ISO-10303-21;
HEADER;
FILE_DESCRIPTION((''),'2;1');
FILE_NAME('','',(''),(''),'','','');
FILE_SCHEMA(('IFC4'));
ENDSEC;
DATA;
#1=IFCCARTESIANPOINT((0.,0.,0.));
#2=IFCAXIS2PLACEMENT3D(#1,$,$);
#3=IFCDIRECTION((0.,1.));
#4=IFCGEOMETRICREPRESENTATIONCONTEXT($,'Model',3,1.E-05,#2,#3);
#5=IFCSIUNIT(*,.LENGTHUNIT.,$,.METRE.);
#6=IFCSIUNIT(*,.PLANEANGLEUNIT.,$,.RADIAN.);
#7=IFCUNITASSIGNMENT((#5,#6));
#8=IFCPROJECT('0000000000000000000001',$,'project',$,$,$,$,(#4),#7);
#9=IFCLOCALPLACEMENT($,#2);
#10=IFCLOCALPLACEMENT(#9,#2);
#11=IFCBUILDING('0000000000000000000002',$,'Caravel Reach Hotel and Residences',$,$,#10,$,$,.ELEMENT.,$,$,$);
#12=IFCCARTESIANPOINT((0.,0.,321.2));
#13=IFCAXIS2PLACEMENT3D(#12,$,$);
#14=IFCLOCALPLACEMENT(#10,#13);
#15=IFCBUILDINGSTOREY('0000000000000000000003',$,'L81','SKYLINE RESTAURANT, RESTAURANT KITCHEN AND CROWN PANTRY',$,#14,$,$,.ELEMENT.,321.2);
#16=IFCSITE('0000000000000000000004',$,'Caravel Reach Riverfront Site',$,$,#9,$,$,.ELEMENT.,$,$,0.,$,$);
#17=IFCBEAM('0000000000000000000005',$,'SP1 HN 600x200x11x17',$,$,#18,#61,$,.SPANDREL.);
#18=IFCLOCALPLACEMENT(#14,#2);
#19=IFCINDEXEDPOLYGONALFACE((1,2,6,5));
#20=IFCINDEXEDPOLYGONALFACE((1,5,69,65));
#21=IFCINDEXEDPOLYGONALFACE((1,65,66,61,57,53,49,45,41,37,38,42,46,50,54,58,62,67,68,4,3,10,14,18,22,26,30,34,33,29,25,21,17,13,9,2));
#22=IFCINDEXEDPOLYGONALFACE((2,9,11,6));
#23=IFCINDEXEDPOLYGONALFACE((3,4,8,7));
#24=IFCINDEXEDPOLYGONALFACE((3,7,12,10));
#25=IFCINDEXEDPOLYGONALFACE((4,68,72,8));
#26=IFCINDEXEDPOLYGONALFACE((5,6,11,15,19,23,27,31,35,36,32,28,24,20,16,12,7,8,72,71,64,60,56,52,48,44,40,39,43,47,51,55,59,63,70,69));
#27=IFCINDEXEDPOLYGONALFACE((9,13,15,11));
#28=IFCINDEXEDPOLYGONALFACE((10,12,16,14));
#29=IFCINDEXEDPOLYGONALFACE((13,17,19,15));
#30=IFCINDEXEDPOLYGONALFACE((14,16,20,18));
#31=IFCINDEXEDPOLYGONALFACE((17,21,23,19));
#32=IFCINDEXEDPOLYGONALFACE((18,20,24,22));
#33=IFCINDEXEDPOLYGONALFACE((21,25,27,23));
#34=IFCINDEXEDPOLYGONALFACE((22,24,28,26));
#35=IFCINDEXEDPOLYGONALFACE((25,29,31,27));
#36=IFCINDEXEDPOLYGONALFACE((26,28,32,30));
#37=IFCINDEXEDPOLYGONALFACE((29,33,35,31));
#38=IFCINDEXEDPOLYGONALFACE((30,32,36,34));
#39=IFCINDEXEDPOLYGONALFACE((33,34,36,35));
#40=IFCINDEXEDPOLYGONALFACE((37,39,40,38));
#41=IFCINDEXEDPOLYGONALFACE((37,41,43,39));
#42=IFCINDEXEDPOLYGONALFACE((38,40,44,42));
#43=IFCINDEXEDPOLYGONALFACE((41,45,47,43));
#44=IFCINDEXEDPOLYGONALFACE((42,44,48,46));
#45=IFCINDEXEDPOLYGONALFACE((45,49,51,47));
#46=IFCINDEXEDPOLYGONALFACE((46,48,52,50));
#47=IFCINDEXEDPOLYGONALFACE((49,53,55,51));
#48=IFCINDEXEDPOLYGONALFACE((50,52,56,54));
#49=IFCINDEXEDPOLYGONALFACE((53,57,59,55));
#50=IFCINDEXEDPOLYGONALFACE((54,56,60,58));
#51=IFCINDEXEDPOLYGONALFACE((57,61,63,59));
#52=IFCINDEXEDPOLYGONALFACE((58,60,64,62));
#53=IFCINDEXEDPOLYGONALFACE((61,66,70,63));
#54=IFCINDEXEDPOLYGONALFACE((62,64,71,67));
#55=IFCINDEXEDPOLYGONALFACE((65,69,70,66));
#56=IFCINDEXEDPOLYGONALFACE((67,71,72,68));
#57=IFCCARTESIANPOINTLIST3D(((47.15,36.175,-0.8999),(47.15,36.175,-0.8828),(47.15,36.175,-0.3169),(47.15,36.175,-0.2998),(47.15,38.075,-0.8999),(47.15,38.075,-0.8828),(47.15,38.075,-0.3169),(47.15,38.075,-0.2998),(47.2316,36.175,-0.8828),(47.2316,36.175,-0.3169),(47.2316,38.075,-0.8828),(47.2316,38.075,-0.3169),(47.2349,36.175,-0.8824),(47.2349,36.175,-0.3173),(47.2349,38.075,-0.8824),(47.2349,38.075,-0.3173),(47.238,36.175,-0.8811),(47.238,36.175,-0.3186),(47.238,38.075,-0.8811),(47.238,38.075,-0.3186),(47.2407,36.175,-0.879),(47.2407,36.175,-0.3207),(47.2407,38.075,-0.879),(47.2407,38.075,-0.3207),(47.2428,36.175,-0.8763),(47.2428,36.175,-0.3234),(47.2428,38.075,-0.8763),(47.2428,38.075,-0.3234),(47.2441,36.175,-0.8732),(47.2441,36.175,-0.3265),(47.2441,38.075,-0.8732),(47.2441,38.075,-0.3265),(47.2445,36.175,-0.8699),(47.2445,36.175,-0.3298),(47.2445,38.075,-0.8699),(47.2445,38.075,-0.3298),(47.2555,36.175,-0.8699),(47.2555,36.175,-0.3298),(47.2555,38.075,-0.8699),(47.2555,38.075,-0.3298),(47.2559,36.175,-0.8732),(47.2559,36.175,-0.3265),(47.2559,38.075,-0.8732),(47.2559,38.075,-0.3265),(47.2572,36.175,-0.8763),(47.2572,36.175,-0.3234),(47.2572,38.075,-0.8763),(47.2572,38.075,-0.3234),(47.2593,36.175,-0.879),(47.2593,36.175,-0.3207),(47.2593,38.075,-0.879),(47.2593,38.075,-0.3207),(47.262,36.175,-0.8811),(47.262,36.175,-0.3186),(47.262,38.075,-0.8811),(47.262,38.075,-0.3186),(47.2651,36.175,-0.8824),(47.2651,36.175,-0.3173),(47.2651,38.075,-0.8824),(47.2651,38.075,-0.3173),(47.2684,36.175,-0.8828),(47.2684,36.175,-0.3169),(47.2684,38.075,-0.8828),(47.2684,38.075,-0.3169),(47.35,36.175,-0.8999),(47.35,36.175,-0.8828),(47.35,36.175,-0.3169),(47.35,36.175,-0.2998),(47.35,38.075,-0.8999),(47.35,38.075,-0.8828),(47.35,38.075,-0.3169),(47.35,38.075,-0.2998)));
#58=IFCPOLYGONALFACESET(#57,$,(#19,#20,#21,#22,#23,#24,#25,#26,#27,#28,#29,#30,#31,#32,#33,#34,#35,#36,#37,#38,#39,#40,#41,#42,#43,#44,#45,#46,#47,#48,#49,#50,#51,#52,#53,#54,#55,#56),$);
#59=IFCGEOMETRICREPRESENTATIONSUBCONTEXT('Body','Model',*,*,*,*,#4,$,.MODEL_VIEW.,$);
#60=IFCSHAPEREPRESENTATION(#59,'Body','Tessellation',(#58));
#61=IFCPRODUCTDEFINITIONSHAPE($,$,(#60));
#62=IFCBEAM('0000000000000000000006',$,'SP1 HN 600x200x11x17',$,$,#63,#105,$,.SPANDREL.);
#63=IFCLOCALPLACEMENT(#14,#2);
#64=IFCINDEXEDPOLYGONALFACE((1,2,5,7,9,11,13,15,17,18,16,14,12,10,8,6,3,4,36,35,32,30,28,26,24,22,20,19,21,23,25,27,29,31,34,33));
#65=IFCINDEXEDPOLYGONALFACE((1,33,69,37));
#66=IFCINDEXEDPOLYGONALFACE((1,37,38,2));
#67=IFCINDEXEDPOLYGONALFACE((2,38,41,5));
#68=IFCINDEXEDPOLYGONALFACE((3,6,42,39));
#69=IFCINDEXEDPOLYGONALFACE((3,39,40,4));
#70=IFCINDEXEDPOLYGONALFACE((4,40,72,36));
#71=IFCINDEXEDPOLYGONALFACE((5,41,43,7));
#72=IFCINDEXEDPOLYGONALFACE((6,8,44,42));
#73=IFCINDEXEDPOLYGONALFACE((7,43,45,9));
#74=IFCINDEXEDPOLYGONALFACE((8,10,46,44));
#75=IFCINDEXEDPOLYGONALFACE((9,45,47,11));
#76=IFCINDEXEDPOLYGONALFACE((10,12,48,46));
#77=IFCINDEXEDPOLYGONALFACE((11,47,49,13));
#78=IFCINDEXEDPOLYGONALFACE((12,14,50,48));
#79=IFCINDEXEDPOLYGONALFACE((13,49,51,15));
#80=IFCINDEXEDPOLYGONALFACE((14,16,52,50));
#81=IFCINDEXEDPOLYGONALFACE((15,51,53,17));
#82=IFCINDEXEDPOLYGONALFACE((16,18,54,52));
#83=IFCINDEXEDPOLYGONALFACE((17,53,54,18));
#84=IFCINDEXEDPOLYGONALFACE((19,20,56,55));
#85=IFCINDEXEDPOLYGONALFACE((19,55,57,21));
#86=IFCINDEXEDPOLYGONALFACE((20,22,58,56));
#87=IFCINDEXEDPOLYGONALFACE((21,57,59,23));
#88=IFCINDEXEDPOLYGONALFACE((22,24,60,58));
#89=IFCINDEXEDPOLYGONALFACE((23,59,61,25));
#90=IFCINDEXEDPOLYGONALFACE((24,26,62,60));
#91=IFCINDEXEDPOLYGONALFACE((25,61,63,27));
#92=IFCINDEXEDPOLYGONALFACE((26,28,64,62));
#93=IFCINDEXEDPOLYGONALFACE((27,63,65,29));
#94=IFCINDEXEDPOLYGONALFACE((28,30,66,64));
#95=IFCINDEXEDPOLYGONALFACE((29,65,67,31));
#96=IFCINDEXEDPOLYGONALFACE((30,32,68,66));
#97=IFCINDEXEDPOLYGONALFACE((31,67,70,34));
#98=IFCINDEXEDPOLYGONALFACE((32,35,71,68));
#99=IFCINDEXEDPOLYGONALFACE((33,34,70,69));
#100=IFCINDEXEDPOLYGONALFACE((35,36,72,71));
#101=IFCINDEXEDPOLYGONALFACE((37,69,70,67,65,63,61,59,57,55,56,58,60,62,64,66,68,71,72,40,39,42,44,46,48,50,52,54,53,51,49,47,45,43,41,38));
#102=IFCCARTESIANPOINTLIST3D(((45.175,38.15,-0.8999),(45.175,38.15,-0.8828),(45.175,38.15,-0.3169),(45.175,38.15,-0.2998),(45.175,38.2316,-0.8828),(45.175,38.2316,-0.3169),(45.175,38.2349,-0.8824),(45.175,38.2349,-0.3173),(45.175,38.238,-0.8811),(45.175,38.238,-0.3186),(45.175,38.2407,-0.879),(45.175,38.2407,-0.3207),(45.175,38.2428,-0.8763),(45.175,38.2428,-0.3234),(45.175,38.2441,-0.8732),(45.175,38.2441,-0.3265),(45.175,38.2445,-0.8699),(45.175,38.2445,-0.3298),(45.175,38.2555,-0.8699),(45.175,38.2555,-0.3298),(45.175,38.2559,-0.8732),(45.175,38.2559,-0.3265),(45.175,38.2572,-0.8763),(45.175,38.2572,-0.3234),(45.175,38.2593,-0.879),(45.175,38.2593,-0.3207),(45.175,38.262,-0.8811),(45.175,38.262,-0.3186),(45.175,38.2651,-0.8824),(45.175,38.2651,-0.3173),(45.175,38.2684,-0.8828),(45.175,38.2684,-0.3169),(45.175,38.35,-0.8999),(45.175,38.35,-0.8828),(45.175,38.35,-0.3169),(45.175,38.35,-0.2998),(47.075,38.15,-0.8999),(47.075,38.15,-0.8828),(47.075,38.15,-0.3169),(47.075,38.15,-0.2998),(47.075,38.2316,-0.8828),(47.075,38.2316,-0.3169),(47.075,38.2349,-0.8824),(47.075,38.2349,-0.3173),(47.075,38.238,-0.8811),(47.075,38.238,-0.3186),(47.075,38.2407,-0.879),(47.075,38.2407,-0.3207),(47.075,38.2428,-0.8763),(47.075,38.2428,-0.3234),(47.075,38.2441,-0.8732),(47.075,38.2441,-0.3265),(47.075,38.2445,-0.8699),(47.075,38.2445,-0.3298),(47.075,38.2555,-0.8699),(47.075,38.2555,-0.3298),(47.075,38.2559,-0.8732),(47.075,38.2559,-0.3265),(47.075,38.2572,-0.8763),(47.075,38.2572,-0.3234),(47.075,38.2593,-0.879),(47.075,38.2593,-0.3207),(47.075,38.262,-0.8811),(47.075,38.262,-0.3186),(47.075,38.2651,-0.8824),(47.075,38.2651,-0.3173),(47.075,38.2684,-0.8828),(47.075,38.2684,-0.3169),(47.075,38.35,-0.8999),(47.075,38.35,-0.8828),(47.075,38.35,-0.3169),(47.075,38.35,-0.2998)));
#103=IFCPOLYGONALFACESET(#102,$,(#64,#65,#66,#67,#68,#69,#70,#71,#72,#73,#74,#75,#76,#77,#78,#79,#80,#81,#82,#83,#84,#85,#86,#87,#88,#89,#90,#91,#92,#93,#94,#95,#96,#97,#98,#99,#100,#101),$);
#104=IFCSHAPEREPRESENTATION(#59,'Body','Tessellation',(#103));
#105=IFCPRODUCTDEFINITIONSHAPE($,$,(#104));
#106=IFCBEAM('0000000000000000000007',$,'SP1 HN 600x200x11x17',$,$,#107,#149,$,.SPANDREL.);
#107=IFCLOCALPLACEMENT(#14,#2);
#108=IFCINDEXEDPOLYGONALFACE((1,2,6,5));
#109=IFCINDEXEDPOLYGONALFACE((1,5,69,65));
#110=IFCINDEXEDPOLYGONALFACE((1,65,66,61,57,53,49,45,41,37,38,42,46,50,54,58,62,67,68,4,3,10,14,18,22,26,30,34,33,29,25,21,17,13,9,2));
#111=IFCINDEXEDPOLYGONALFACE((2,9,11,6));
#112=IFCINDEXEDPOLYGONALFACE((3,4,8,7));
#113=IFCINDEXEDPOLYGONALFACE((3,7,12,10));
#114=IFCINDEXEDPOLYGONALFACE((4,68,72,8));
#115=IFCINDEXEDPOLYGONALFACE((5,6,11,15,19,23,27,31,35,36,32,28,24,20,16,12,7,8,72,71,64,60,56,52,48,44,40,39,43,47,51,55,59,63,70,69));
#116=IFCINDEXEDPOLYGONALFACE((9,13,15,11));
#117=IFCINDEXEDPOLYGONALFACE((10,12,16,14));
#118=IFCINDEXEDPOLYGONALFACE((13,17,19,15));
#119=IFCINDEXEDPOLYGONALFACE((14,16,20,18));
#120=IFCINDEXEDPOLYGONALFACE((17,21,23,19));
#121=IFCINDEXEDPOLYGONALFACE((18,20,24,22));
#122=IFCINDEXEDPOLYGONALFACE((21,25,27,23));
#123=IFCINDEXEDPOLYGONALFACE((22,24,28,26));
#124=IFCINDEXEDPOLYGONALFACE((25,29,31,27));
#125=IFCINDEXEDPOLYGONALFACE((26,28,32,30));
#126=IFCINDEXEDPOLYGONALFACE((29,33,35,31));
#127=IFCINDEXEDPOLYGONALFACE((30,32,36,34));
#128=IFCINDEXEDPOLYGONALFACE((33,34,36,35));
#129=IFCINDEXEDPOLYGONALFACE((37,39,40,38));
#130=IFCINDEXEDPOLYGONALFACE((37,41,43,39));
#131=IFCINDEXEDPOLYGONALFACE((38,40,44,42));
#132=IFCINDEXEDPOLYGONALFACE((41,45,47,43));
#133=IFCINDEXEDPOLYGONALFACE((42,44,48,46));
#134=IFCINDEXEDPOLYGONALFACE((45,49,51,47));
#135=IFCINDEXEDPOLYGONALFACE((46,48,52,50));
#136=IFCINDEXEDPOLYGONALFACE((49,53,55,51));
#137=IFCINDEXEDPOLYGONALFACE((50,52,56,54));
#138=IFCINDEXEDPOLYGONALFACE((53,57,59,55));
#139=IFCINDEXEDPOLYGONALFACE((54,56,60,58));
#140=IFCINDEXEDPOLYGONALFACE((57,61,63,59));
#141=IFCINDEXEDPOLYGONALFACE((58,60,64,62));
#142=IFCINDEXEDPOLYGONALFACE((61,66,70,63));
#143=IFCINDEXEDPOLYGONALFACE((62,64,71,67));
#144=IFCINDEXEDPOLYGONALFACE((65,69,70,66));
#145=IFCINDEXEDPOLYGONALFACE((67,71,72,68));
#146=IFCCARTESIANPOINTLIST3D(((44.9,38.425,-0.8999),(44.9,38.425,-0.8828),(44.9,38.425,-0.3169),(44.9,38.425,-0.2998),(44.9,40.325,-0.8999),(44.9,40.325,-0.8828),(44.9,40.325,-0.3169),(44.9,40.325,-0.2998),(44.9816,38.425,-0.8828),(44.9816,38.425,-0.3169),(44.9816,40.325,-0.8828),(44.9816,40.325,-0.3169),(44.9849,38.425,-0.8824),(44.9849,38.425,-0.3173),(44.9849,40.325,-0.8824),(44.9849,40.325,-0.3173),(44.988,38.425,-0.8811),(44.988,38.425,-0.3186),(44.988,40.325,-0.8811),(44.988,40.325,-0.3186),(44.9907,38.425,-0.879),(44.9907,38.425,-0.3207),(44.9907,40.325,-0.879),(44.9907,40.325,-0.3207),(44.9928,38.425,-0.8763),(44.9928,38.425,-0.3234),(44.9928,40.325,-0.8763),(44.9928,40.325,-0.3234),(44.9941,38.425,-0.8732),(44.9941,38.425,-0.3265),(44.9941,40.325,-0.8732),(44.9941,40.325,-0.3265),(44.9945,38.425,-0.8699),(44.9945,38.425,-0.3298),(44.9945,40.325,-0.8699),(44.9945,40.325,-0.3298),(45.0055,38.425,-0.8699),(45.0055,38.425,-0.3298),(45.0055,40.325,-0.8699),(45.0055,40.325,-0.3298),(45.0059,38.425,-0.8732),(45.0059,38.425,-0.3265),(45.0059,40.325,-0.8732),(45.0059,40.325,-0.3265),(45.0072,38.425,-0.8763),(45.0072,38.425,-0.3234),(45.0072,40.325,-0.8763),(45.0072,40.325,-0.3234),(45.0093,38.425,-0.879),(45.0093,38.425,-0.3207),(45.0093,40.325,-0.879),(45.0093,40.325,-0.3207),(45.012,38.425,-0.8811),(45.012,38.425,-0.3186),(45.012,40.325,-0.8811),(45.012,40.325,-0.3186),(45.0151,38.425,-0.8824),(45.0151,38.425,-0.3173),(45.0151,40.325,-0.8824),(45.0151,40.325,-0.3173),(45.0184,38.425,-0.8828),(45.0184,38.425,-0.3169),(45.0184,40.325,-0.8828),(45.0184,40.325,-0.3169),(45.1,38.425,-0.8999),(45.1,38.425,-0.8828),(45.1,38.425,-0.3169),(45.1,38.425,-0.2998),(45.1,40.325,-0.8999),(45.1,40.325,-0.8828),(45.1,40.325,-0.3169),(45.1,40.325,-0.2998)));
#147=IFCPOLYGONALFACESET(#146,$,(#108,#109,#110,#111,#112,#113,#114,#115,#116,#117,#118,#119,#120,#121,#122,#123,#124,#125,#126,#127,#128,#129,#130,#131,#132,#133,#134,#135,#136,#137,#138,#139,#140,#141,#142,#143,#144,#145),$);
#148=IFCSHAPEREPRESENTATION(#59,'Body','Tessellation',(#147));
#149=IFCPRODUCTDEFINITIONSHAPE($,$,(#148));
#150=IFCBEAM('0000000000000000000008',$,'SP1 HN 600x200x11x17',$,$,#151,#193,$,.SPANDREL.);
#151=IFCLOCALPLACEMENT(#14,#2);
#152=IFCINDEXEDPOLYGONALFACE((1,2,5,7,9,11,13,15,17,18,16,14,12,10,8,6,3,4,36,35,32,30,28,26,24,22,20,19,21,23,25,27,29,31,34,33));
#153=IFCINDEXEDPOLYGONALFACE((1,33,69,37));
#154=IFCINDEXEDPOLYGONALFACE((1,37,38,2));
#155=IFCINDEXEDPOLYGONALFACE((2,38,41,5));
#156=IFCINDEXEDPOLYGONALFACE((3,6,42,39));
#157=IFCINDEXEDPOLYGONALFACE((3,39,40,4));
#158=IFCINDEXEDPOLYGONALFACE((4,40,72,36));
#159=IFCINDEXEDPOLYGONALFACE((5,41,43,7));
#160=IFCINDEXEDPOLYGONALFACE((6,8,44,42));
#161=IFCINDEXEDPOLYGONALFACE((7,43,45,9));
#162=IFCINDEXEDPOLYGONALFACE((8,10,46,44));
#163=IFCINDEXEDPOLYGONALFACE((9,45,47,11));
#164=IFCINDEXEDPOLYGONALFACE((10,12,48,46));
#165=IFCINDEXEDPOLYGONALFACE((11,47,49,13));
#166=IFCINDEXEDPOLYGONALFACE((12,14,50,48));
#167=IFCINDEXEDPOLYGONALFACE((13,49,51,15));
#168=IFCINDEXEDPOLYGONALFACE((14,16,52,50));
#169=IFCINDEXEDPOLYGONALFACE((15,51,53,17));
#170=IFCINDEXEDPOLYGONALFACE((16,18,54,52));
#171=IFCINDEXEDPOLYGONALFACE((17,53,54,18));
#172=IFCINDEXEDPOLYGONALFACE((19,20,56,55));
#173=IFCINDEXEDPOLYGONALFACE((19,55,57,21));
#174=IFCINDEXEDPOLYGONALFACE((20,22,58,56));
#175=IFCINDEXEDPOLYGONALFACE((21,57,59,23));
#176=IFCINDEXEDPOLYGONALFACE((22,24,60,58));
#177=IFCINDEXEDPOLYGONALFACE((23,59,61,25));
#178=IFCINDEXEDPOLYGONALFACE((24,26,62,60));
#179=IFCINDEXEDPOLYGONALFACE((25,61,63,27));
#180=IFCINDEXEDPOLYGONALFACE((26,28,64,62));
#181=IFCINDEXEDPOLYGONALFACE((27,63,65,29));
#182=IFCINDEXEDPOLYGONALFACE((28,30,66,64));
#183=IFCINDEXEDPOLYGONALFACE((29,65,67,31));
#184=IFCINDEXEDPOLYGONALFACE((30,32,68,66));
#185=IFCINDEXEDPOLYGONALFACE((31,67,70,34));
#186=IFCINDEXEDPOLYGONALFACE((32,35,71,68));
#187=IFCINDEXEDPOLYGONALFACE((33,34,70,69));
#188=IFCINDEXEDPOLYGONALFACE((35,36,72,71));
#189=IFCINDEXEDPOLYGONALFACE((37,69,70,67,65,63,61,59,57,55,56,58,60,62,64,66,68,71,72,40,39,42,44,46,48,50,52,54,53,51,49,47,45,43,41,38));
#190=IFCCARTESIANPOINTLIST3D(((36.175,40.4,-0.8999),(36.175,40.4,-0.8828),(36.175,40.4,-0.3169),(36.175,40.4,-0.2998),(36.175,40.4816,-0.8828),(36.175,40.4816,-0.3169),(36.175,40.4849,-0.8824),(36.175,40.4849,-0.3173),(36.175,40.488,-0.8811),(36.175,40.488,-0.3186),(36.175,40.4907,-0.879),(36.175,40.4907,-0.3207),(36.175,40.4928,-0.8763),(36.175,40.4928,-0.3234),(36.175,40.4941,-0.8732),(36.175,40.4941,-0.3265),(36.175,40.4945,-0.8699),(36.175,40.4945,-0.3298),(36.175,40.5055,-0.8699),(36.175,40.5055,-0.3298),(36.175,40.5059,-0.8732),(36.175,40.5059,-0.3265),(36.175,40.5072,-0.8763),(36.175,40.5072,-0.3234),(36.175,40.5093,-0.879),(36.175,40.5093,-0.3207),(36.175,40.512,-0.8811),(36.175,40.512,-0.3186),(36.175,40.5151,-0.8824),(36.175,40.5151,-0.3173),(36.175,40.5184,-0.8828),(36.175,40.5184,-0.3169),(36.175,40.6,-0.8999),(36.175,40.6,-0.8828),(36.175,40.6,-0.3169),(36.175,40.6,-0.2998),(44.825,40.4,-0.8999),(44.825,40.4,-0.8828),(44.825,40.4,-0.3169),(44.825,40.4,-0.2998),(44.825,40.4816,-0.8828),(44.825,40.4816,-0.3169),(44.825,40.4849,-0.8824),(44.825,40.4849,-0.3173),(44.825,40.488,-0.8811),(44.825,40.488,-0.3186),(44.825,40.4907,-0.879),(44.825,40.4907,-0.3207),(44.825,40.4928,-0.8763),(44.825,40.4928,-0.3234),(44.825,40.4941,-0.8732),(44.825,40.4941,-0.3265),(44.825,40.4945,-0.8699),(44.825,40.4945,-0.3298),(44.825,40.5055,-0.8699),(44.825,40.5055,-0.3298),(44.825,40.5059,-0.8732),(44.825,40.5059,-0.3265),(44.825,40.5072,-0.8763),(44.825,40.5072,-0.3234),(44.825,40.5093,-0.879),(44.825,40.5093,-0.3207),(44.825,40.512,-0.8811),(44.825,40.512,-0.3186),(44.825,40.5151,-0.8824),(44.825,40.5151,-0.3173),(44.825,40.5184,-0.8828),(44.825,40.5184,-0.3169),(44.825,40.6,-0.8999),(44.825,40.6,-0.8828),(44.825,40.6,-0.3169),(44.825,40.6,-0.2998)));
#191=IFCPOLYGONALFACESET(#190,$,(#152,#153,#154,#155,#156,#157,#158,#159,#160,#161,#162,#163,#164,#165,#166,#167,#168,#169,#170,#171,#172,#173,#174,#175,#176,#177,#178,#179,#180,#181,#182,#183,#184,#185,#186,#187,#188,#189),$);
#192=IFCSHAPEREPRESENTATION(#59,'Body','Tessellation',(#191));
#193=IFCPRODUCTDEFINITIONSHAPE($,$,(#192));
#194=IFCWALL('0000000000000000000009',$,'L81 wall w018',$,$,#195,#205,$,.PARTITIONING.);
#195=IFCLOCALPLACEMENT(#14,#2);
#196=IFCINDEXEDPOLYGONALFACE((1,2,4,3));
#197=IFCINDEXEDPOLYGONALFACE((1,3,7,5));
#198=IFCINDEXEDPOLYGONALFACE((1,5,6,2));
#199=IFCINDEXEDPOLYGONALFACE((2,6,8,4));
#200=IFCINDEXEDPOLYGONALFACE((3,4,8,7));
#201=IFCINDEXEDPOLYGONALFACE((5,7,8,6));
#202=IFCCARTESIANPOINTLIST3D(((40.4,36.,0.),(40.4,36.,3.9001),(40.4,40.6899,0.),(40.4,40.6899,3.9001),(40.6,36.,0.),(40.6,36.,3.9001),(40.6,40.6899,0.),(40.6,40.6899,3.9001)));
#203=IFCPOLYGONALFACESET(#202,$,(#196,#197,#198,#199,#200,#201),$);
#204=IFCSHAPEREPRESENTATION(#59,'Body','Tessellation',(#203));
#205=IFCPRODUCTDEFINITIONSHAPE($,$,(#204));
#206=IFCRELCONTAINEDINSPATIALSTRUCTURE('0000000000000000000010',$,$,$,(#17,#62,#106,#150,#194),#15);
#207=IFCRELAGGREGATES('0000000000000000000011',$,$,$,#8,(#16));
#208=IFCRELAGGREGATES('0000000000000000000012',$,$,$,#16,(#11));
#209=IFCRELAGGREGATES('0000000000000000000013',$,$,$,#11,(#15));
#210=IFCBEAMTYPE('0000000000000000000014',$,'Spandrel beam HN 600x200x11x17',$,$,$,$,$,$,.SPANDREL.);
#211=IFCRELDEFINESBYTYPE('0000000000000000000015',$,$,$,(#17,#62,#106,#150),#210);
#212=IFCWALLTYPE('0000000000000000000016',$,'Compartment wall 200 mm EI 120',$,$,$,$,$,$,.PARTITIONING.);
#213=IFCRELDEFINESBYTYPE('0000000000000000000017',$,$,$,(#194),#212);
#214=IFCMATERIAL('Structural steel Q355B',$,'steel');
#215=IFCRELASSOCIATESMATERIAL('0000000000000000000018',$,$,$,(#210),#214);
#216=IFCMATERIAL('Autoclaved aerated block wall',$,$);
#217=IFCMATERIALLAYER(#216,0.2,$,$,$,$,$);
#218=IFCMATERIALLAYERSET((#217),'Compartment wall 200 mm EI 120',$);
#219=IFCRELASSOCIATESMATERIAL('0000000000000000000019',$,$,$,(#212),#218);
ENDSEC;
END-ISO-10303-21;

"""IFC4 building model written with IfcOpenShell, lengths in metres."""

from ifc_helpers import new_model, si_unit, direction, frame, frame_2d, origin, origin_2d, place, context, subcontext, project, spatial, rectangle, i_section, extrude, material, layer, layer_set, material_profile, profile_set, type_object, element, save


model = new_model("IFC4")

# Units and contexts
model_context = context("Model", 3, precision=1e-05, world=origin(), true_north=direction((0.0, 1.0)))
body_context = subcontext(model_context, "Body", "Model", "MODEL_VIEW")
ifc_project = project(units=[si_unit("LENGTHUNIT", "METRE"), si_unit("PLANEANGLEUNIT", "RADIAN")], contexts=[model_context])

# Site, building, storey
site_placement = place(None, origin())
site = spatial("IfcSite", under=ifc_project, at=site_placement, Name="Caravel Reach Riverfront Site", CompositionType="ELEMENT", RefElevation=0.0)
building_placement = place(site_placement, origin())
building = spatial("IfcBuilding", under=site, at=building_placement, Name="Caravel Reach Hotel and Residences", CompositionType="ELEMENT")
storey_placement = place(building_placement, frame((0.0, 0.0, 321.2)))
storey = spatial("IfcBuildingStorey", under=building, at=storey_placement, Name="L81", Description="SKYLINE RESTAURANT, RESTAURANT KITCHEN AND CROWN PANTRY", CompositionType="ELEMENT", Elevation=321.2)

# Beams
ifc_material_1 = material(Name="Structural steel Q355B", Category="steel")
ifc_material_profile_1 = material_profile(ifc_material_1, i_section(OverallWidth=0.2, OverallDepth=0.6001, WebThickness=0.011, FlangeThickness=0.0171, FilletRadius=0.0129, at=origin_2d()), Name="HN 600x200x11x17")
ifc_profile_set_1 = profile_set([ifc_material_profile_1], Name="Structural steel Q355B")
beam_type = type_object("IfcBeamType", Name="Spandrel beam HN 600x200x11x17", PredefinedType="SPANDREL", material=ifc_profile_set_1)
for number, where, z_axis, x_axis, name in (
    (1, (47.25, 36.175, -0.5999), (0.0, 1.0, 0.0), (-1.0, 0.0, 0.0), "SP1 HN 600x200x11x17"),
    (2, (47.075, 38.25, -0.5999), (-1.0, 0.0, 0.0), (0.0, -1.0, 0.0), "SP1 HN 600x200x11x17"),
    (3, (45.0, 38.425, -0.5999), (0.0, 1.0, 0.0), (-1.0, 0.0, 0.0), "SP1 HN 600x200x11x17"),
):
    element("IfcBeam", number, at=place(storey_placement, frame(where, z_axis=z_axis, x_axis=x_axis)), inside=storey, type_object=beam_type, Name=name, PredefinedType="SPANDREL", context=body_context, shape_type="SweptSolid", body=[
        extrude(i_section(OverallWidth=0.2, OverallDepth=0.6001, WebThickness=0.011, FlangeThickness=0.0171, FilletRadius=0.0129, at=origin_2d()), origin(), (0.0, 0.0, 1.0), 1.8999),
    ])
beam_1_placement = place(storey_placement, frame((44.825, 40.5, -0.5999), z_axis=(-1.0, 0.0, 0.0), x_axis=(0.0, -1.0, 0.0)))
element("IfcBeam", 4, at=beam_1_placement, inside=storey, type_object=beam_type, Name="SP1 HN 600x200x11x17", PredefinedType="SPANDREL", context=body_context, shape_type="SweptSolid", body=[
    extrude(i_section(OverallWidth=0.2, OverallDepth=0.6001, WebThickness=0.011, FlangeThickness=0.0171, FilletRadius=0.0129, at=origin_2d()), origin(), (0.0, 0.0, 1.0), 8.6499),
])

# Wall
ifc_material_2 = material(Name="Autoclaved aerated block wall")
ifc_layer_1 = layer(ifc_material_2, 0.2)
ifc_layer_set_1 = layer_set([ifc_layer_1], Name="Compartment wall 200 mm EI 120")
wall_type_1 = type_object("IfcWallType", Name="Compartment wall 200 mm EI 120", PredefinedType="PARTITIONING", material=ifc_layer_set_1)
wall_1_placement = place(storey_placement, frame((40.5, 36.0, 0.0), z_axis=(0.0, 0.0, 1.0), x_axis=(0.0, 1.0, 0.0)))
element("IfcWall", 5, at=wall_1_placement, inside=storey, type_object=wall_type_1, Name="L81 wall w018", PredefinedType="PARTITIONING", context=body_context, shape_type="SweptSolid", body=[
    extrude(rectangle(XDim=4.6899, YDim=0.2, at=frame_2d((2.345, 0.0))), origin(), (0.0, 0.0, 1.0), 3.9001),
])

save(model, "model.ifc")
